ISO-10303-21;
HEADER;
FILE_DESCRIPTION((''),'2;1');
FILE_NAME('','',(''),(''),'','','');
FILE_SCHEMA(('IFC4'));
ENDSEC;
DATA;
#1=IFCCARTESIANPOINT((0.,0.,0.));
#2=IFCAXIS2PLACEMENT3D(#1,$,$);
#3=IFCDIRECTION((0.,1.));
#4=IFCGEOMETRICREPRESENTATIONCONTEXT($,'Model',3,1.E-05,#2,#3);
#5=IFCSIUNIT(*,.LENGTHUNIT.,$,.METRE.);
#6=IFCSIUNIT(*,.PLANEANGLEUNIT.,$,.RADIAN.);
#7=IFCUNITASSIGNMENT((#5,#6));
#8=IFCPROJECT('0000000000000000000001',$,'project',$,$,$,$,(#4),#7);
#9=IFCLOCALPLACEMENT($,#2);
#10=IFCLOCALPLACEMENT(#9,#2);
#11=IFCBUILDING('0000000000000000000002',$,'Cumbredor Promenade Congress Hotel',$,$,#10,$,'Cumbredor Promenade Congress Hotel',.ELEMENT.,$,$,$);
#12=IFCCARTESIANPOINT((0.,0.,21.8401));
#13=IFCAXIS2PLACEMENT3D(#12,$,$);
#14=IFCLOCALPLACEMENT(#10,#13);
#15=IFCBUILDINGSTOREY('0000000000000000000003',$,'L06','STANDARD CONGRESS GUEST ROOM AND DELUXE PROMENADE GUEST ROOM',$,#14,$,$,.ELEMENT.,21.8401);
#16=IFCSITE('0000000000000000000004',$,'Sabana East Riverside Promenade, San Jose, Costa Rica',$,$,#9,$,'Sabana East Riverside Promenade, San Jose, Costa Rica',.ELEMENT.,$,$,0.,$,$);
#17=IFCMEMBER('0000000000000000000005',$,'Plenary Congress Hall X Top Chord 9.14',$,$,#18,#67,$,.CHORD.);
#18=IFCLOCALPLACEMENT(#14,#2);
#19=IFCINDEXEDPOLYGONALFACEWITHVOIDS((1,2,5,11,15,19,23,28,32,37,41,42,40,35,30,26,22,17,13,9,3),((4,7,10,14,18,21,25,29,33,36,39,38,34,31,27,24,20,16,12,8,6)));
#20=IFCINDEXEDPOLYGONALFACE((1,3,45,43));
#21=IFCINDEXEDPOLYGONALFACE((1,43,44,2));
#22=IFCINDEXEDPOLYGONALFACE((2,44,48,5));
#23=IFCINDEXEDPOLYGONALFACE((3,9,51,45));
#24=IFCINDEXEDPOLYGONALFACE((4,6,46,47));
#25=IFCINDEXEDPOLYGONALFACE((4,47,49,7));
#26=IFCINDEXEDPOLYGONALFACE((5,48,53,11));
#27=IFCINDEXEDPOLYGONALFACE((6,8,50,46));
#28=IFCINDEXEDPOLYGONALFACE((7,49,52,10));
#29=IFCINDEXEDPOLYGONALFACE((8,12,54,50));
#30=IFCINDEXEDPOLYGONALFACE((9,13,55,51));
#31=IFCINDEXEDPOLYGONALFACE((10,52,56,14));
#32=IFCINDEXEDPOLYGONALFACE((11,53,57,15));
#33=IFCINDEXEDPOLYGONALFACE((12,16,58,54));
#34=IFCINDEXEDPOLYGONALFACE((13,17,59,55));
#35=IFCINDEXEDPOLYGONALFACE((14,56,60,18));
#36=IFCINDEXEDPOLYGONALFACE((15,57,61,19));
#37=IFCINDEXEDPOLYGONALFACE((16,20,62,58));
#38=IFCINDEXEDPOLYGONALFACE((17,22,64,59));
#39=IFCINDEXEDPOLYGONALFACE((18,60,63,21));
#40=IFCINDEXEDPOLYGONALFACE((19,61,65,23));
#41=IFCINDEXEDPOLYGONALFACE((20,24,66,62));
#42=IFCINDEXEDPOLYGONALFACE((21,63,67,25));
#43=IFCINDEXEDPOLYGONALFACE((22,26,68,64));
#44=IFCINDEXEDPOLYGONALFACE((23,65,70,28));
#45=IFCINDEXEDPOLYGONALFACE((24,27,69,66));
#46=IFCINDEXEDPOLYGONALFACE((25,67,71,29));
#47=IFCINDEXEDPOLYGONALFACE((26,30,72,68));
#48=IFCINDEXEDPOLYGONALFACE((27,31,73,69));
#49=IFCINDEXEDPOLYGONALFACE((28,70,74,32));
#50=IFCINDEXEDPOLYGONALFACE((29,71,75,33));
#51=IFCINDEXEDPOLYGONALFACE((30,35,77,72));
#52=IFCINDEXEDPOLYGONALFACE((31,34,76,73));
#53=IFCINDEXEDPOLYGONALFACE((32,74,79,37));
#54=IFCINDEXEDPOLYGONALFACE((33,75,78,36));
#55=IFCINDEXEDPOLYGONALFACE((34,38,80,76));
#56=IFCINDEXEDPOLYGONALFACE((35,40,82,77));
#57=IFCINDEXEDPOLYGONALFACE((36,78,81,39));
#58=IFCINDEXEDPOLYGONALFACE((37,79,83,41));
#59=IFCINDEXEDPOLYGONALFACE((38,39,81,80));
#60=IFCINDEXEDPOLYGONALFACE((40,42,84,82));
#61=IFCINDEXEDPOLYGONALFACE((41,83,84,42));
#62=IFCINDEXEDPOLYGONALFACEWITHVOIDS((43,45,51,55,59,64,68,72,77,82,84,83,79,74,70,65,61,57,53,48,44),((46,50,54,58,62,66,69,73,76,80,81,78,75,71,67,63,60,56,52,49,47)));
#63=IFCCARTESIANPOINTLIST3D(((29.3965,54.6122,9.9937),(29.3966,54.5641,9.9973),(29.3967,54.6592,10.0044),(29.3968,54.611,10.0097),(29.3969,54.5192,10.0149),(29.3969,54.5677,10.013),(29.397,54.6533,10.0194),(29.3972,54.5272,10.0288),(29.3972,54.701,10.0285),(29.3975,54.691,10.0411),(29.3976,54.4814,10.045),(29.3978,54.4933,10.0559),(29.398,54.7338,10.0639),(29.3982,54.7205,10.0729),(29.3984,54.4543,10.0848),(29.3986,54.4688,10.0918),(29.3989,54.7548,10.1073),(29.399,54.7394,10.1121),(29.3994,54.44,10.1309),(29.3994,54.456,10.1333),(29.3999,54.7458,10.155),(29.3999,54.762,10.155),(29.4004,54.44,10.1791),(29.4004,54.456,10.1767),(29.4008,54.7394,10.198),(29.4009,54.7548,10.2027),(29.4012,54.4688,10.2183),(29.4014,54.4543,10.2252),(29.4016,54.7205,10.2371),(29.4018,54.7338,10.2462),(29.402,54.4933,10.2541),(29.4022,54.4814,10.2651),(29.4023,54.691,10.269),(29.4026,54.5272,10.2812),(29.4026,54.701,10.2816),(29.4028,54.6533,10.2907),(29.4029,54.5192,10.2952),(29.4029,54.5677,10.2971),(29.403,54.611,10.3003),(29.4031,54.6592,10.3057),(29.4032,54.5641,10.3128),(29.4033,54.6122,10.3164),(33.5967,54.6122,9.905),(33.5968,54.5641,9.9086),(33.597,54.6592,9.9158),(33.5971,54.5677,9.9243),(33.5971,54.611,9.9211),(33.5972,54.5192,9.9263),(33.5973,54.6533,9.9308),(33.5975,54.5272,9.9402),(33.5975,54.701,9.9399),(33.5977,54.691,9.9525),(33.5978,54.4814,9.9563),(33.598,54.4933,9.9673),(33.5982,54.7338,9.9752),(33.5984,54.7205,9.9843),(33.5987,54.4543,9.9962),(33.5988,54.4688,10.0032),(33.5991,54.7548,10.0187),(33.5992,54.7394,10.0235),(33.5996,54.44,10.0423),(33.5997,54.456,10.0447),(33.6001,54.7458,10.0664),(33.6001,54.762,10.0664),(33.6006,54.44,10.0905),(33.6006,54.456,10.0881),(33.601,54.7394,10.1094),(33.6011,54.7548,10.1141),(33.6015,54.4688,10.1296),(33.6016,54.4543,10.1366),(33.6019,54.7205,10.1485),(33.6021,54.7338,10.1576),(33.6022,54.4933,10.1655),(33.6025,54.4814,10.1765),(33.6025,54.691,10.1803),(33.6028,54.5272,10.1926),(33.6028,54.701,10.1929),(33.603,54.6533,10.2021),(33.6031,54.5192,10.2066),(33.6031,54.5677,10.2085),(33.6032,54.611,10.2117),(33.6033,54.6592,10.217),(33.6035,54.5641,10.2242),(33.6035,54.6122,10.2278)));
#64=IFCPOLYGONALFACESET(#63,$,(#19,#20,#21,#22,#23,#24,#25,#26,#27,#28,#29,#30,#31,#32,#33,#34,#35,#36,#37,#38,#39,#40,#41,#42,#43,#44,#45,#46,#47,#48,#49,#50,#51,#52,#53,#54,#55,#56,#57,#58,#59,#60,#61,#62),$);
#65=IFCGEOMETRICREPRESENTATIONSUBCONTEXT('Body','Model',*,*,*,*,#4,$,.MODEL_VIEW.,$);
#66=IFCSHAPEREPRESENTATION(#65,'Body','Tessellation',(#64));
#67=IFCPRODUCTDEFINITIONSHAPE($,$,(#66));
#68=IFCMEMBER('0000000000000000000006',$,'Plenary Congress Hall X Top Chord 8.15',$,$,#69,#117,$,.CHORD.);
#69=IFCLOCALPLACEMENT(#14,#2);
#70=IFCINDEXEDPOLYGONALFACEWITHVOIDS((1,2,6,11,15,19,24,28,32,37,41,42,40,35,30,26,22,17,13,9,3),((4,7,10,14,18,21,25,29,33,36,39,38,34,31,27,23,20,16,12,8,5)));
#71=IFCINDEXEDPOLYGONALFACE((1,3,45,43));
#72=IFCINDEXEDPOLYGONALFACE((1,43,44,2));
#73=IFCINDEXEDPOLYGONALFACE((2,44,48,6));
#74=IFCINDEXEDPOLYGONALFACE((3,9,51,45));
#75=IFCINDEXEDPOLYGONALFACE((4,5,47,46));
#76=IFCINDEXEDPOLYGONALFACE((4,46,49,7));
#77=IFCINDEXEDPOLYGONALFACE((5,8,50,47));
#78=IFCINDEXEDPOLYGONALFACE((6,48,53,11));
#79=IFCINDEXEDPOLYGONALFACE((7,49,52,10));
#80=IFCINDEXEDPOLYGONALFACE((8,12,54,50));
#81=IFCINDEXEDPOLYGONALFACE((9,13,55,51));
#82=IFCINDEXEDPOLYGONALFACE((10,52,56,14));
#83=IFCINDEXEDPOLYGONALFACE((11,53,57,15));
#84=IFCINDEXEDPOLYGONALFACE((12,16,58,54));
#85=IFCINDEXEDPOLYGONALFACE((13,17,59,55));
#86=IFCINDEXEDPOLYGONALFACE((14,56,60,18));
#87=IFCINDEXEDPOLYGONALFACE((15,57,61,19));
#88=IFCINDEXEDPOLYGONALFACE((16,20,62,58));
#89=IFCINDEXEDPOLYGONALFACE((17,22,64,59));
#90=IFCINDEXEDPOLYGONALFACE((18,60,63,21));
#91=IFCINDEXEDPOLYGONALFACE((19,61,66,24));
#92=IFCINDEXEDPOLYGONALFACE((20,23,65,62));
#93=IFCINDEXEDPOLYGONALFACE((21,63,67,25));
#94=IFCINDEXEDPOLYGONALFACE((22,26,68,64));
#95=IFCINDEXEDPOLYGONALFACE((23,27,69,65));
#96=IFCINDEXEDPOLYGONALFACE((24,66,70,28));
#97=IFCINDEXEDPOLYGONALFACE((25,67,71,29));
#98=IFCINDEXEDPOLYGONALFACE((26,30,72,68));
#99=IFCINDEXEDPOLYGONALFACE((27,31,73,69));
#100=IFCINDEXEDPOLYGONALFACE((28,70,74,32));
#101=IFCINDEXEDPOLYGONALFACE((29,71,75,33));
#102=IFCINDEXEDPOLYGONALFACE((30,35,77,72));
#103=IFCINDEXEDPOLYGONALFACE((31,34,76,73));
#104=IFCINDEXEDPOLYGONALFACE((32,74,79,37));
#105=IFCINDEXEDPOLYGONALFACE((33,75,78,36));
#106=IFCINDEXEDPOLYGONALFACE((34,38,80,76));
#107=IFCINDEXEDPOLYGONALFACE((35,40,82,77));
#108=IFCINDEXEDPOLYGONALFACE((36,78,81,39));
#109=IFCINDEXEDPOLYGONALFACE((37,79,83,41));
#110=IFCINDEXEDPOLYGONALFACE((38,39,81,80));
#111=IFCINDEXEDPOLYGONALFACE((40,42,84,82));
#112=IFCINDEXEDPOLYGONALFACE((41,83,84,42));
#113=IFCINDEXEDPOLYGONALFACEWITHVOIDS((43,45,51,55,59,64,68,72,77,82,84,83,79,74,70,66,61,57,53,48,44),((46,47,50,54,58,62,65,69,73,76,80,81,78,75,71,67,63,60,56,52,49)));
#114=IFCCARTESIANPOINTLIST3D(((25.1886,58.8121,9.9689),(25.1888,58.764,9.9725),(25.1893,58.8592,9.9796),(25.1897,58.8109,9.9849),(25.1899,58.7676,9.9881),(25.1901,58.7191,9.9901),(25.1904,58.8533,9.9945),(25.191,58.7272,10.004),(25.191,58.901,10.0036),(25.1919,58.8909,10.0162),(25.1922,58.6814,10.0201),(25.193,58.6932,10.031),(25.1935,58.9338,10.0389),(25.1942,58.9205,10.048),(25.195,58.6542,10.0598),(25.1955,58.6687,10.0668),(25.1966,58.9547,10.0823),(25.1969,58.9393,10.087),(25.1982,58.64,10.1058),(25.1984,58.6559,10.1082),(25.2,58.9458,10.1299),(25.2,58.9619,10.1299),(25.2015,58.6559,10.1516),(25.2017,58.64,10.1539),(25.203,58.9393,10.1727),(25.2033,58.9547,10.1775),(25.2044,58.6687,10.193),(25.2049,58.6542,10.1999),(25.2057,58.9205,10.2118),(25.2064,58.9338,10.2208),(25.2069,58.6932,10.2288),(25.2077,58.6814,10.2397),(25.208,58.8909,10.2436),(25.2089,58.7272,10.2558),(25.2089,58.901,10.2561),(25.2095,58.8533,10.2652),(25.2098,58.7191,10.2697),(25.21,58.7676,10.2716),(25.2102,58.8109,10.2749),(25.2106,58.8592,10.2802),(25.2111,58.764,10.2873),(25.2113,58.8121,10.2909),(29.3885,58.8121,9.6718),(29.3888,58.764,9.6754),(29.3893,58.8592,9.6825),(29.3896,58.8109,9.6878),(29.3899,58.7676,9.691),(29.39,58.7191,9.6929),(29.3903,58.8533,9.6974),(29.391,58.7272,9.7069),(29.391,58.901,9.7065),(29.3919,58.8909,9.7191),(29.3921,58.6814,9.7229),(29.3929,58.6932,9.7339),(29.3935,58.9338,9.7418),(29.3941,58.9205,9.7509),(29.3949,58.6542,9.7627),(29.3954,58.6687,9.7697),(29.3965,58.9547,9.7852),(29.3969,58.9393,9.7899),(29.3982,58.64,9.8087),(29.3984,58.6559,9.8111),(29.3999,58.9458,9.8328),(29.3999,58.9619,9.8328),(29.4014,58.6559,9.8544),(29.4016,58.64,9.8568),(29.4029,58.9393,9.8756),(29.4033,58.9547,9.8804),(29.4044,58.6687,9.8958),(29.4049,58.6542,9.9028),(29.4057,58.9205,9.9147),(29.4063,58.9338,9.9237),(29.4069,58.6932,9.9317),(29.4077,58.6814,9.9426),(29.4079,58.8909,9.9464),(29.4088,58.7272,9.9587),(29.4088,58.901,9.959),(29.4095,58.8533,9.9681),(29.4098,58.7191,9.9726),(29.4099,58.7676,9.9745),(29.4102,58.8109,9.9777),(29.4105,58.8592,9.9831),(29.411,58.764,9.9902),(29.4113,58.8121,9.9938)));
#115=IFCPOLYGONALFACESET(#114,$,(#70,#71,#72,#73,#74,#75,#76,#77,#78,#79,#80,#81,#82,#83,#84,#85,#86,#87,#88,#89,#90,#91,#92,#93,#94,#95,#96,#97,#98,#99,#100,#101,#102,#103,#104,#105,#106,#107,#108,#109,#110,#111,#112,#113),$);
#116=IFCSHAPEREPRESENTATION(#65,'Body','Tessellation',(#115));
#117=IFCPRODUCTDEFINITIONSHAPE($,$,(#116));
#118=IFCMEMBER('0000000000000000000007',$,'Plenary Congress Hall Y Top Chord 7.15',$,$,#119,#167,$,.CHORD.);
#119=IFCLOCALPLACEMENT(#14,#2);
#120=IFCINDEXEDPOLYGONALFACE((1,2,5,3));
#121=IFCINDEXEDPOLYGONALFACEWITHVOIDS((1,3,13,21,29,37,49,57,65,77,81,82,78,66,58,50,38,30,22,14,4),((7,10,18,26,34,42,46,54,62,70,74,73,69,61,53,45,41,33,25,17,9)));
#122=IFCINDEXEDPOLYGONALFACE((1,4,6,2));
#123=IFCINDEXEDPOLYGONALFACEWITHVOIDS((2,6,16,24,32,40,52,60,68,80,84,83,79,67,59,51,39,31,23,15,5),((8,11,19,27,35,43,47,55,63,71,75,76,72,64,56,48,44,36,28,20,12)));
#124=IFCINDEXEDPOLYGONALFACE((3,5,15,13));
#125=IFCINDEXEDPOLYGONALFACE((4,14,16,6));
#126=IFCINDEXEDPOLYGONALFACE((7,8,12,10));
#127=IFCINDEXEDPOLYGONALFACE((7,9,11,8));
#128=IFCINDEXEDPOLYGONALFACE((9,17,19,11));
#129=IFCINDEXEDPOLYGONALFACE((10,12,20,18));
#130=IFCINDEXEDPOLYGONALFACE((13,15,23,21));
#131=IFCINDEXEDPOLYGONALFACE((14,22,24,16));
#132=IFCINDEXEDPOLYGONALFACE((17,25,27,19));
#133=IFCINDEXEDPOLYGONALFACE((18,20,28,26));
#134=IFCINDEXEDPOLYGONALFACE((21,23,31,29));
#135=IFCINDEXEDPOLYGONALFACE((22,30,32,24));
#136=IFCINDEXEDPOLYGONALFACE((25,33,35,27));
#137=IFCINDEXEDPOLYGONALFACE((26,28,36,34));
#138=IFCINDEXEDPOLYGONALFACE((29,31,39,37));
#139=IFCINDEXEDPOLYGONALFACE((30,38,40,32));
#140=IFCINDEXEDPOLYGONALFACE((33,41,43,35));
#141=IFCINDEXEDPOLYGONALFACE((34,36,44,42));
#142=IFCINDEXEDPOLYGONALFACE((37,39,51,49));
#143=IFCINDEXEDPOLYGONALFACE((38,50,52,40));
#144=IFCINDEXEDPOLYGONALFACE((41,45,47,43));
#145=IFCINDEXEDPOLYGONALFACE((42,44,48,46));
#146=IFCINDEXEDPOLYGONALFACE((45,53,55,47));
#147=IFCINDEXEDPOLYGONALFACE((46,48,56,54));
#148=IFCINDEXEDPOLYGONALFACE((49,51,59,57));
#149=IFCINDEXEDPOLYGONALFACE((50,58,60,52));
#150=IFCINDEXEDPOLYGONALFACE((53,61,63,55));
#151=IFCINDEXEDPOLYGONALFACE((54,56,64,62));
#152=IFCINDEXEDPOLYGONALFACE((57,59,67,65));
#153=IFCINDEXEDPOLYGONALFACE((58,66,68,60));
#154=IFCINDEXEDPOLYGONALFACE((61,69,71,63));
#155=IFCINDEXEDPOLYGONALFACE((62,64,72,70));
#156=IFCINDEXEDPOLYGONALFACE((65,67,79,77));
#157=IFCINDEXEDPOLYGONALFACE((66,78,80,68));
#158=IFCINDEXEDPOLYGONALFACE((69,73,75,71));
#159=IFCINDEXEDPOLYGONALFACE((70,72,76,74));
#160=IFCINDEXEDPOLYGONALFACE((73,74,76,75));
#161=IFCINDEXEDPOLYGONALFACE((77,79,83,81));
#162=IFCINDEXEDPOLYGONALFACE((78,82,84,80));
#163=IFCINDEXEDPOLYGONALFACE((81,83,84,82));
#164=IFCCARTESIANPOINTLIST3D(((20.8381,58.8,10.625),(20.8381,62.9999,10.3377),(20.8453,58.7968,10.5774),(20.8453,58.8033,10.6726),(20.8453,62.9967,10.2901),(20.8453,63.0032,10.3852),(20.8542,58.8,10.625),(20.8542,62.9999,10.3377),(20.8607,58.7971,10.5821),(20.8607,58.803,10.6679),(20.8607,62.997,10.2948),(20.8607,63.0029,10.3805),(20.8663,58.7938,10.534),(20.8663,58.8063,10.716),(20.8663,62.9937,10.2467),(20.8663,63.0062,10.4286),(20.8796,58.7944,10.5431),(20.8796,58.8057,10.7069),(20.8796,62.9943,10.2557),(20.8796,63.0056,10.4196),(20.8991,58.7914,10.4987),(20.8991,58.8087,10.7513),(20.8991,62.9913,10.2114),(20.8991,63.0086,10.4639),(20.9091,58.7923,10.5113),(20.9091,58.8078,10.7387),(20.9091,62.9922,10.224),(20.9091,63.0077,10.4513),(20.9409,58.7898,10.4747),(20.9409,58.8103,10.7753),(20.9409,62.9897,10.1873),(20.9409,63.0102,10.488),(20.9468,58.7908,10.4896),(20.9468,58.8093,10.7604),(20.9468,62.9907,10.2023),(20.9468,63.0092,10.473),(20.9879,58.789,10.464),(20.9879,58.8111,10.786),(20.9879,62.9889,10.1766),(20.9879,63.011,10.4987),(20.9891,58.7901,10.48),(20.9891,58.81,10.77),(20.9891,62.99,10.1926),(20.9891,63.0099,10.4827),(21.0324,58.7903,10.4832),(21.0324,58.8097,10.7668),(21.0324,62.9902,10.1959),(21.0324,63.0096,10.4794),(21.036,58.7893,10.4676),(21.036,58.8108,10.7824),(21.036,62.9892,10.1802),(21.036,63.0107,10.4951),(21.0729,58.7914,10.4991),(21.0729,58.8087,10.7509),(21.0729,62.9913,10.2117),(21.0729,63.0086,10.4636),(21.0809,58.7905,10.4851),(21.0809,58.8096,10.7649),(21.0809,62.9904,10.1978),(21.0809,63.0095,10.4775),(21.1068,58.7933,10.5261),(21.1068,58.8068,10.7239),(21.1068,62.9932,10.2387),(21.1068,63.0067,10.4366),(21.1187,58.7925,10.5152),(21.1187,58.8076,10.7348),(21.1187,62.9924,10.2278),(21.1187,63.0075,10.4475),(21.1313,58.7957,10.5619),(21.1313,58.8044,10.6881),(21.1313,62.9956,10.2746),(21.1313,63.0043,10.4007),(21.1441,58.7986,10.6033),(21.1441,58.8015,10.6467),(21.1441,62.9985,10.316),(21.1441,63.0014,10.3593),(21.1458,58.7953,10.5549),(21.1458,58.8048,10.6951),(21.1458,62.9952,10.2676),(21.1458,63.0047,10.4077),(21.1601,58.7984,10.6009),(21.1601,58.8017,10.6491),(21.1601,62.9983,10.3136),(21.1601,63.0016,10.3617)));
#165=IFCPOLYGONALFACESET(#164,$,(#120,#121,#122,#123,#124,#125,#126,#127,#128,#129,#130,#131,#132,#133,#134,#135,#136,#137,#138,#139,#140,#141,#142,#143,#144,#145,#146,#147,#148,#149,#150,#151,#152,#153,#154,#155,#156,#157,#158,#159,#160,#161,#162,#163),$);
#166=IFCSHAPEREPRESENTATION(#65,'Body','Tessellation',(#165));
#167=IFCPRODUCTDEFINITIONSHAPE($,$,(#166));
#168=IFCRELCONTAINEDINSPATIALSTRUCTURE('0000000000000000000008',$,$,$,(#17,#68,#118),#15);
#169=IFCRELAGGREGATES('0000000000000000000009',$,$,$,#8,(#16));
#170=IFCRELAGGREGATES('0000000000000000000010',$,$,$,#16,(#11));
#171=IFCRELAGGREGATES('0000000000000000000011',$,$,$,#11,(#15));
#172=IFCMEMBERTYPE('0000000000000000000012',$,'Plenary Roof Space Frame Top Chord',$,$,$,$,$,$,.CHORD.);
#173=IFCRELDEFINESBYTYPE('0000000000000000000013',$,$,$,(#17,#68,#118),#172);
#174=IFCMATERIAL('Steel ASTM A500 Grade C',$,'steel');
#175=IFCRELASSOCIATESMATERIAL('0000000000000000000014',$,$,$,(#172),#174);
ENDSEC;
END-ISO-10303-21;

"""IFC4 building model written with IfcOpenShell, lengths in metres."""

from ifc_helpers import new_model, si_unit, direction, frame, origin, origin_2d, place, context, subcontext, project, spatial, hollow_circle, extrude, material, material_profile, profile_set, type_object, element, save


model = new_model("IFC4")

# Units and contexts
model_context = context("Model", 3, precision=1e-05, world=origin(), true_north=direction((0.0, 1.0)))
body_context = subcontext(model_context, "Body", "Model", "MODEL_VIEW")
ifc_project = project(units=[si_unit("LENGTHUNIT", "METRE"), si_unit("PLANEANGLEUNIT", "RADIAN")], contexts=[model_context])

# Site, building, storey
site_placement = place(None, origin())
site = spatial("IfcSite", under=ifc_project, at=site_placement, Name="Sabana East Riverside Promenade, San Jose, Costa Rica", LongName="Sabana East Riverside Promenade, San Jose, Costa Rica", CompositionType="ELEMENT", RefElevation=0.0)
building_placement = place(site_placement, origin())
building = spatial("IfcBuilding", under=site, at=building_placement, Name="Cumbredor Promenade Congress Hotel", LongName="Cumbredor Promenade Congress Hotel", CompositionType="ELEMENT")
storey_placement = place(building_placement, frame((0.0, 0.0, 21.8401)))
storey = spatial("IfcBuildingStorey", under=building, at=storey_placement, Name="L06", Description="STANDARD CONGRESS GUEST ROOM AND DELUXE PROMENADE GUEST ROOM", CompositionType="ELEMENT", Elevation=21.8401)

# Members
ifc_material_1 = material(Name="Steel ASTM A500 Grade C", Category="steel")
ifc_material_profile_1 = material_profile(ifc_material_1, hollow_circle(Radius=0.1619, WallThickness=0.0161, at=origin_2d()), Name="CHS 323.9x16")
ifc_profile_set_1 = profile_set([ifc_material_profile_1], Name="Steel ASTM A500 Grade C")
member_type_1 = type_object("IfcMemberType", Name="Plenary Roof Space Frame Top Chord", PredefinedType="CHORD", material=ifc_profile_set_1)
member_1_placement = place(storey_placement, frame((29.3999, 54.6001, 10.155), z_axis=(0.999777, 0.0, -0.021095), x_axis=(0.0, 1.0, 0.0)))
element("IfcMember", 1, at=member_1_placement, inside=storey, type_object=member_type_1, Name="Plenary Congress Hall X Top Chord 9.14", PredefinedType="CHORD", context=body_context, shape_type="SweptSolid", body=[
    extrude(hollow_circle(Radius=0.1619, WallThickness=0.0161, at=origin_2d()), origin(), (0.0, 0.0, 1.0), 4.2012),
])
member_2_placement = place(storey_placement, frame((25.2, 58.8, 10.1299), z_axis=(0.997507, 0.0, -0.070567), x_axis=(0.0, 1.0, 0.0)))
element("IfcMember", 2, at=member_2_placement, inside=storey, type_object=member_type_1, Name="Plenary Congress Hall X Top Chord 8.15", PredefinedType="CHORD", context=body_context, shape_type="SweptSolid", body=[
    extrude(hollow_circle(Radius=0.1619, WallThickness=0.0161, at=origin_2d()), origin(), (0.0, 0.0, 1.0), 4.2104),
])
member_3_placement = place(storey_placement, frame((21.0, 58.8, 10.625), z_axis=(0.0, 0.997668, -0.068259), x_axis=(-1.0, 0.0, 0.0)))
element("IfcMember", 3, at=member_3_placement, inside=storey, type_object=member_type_1, Name="Plenary Congress Hall Y Top Chord 7.15", PredefinedType="CHORD", context=body_context, shape_type="SweptSolid", body=[
    extrude(hollow_circle(Radius=0.1619, WallThickness=0.0161, at=origin_2d()), origin(), (0.0, 0.0, 1.0), 4.2097),
])

save(model, "model.ifc")
